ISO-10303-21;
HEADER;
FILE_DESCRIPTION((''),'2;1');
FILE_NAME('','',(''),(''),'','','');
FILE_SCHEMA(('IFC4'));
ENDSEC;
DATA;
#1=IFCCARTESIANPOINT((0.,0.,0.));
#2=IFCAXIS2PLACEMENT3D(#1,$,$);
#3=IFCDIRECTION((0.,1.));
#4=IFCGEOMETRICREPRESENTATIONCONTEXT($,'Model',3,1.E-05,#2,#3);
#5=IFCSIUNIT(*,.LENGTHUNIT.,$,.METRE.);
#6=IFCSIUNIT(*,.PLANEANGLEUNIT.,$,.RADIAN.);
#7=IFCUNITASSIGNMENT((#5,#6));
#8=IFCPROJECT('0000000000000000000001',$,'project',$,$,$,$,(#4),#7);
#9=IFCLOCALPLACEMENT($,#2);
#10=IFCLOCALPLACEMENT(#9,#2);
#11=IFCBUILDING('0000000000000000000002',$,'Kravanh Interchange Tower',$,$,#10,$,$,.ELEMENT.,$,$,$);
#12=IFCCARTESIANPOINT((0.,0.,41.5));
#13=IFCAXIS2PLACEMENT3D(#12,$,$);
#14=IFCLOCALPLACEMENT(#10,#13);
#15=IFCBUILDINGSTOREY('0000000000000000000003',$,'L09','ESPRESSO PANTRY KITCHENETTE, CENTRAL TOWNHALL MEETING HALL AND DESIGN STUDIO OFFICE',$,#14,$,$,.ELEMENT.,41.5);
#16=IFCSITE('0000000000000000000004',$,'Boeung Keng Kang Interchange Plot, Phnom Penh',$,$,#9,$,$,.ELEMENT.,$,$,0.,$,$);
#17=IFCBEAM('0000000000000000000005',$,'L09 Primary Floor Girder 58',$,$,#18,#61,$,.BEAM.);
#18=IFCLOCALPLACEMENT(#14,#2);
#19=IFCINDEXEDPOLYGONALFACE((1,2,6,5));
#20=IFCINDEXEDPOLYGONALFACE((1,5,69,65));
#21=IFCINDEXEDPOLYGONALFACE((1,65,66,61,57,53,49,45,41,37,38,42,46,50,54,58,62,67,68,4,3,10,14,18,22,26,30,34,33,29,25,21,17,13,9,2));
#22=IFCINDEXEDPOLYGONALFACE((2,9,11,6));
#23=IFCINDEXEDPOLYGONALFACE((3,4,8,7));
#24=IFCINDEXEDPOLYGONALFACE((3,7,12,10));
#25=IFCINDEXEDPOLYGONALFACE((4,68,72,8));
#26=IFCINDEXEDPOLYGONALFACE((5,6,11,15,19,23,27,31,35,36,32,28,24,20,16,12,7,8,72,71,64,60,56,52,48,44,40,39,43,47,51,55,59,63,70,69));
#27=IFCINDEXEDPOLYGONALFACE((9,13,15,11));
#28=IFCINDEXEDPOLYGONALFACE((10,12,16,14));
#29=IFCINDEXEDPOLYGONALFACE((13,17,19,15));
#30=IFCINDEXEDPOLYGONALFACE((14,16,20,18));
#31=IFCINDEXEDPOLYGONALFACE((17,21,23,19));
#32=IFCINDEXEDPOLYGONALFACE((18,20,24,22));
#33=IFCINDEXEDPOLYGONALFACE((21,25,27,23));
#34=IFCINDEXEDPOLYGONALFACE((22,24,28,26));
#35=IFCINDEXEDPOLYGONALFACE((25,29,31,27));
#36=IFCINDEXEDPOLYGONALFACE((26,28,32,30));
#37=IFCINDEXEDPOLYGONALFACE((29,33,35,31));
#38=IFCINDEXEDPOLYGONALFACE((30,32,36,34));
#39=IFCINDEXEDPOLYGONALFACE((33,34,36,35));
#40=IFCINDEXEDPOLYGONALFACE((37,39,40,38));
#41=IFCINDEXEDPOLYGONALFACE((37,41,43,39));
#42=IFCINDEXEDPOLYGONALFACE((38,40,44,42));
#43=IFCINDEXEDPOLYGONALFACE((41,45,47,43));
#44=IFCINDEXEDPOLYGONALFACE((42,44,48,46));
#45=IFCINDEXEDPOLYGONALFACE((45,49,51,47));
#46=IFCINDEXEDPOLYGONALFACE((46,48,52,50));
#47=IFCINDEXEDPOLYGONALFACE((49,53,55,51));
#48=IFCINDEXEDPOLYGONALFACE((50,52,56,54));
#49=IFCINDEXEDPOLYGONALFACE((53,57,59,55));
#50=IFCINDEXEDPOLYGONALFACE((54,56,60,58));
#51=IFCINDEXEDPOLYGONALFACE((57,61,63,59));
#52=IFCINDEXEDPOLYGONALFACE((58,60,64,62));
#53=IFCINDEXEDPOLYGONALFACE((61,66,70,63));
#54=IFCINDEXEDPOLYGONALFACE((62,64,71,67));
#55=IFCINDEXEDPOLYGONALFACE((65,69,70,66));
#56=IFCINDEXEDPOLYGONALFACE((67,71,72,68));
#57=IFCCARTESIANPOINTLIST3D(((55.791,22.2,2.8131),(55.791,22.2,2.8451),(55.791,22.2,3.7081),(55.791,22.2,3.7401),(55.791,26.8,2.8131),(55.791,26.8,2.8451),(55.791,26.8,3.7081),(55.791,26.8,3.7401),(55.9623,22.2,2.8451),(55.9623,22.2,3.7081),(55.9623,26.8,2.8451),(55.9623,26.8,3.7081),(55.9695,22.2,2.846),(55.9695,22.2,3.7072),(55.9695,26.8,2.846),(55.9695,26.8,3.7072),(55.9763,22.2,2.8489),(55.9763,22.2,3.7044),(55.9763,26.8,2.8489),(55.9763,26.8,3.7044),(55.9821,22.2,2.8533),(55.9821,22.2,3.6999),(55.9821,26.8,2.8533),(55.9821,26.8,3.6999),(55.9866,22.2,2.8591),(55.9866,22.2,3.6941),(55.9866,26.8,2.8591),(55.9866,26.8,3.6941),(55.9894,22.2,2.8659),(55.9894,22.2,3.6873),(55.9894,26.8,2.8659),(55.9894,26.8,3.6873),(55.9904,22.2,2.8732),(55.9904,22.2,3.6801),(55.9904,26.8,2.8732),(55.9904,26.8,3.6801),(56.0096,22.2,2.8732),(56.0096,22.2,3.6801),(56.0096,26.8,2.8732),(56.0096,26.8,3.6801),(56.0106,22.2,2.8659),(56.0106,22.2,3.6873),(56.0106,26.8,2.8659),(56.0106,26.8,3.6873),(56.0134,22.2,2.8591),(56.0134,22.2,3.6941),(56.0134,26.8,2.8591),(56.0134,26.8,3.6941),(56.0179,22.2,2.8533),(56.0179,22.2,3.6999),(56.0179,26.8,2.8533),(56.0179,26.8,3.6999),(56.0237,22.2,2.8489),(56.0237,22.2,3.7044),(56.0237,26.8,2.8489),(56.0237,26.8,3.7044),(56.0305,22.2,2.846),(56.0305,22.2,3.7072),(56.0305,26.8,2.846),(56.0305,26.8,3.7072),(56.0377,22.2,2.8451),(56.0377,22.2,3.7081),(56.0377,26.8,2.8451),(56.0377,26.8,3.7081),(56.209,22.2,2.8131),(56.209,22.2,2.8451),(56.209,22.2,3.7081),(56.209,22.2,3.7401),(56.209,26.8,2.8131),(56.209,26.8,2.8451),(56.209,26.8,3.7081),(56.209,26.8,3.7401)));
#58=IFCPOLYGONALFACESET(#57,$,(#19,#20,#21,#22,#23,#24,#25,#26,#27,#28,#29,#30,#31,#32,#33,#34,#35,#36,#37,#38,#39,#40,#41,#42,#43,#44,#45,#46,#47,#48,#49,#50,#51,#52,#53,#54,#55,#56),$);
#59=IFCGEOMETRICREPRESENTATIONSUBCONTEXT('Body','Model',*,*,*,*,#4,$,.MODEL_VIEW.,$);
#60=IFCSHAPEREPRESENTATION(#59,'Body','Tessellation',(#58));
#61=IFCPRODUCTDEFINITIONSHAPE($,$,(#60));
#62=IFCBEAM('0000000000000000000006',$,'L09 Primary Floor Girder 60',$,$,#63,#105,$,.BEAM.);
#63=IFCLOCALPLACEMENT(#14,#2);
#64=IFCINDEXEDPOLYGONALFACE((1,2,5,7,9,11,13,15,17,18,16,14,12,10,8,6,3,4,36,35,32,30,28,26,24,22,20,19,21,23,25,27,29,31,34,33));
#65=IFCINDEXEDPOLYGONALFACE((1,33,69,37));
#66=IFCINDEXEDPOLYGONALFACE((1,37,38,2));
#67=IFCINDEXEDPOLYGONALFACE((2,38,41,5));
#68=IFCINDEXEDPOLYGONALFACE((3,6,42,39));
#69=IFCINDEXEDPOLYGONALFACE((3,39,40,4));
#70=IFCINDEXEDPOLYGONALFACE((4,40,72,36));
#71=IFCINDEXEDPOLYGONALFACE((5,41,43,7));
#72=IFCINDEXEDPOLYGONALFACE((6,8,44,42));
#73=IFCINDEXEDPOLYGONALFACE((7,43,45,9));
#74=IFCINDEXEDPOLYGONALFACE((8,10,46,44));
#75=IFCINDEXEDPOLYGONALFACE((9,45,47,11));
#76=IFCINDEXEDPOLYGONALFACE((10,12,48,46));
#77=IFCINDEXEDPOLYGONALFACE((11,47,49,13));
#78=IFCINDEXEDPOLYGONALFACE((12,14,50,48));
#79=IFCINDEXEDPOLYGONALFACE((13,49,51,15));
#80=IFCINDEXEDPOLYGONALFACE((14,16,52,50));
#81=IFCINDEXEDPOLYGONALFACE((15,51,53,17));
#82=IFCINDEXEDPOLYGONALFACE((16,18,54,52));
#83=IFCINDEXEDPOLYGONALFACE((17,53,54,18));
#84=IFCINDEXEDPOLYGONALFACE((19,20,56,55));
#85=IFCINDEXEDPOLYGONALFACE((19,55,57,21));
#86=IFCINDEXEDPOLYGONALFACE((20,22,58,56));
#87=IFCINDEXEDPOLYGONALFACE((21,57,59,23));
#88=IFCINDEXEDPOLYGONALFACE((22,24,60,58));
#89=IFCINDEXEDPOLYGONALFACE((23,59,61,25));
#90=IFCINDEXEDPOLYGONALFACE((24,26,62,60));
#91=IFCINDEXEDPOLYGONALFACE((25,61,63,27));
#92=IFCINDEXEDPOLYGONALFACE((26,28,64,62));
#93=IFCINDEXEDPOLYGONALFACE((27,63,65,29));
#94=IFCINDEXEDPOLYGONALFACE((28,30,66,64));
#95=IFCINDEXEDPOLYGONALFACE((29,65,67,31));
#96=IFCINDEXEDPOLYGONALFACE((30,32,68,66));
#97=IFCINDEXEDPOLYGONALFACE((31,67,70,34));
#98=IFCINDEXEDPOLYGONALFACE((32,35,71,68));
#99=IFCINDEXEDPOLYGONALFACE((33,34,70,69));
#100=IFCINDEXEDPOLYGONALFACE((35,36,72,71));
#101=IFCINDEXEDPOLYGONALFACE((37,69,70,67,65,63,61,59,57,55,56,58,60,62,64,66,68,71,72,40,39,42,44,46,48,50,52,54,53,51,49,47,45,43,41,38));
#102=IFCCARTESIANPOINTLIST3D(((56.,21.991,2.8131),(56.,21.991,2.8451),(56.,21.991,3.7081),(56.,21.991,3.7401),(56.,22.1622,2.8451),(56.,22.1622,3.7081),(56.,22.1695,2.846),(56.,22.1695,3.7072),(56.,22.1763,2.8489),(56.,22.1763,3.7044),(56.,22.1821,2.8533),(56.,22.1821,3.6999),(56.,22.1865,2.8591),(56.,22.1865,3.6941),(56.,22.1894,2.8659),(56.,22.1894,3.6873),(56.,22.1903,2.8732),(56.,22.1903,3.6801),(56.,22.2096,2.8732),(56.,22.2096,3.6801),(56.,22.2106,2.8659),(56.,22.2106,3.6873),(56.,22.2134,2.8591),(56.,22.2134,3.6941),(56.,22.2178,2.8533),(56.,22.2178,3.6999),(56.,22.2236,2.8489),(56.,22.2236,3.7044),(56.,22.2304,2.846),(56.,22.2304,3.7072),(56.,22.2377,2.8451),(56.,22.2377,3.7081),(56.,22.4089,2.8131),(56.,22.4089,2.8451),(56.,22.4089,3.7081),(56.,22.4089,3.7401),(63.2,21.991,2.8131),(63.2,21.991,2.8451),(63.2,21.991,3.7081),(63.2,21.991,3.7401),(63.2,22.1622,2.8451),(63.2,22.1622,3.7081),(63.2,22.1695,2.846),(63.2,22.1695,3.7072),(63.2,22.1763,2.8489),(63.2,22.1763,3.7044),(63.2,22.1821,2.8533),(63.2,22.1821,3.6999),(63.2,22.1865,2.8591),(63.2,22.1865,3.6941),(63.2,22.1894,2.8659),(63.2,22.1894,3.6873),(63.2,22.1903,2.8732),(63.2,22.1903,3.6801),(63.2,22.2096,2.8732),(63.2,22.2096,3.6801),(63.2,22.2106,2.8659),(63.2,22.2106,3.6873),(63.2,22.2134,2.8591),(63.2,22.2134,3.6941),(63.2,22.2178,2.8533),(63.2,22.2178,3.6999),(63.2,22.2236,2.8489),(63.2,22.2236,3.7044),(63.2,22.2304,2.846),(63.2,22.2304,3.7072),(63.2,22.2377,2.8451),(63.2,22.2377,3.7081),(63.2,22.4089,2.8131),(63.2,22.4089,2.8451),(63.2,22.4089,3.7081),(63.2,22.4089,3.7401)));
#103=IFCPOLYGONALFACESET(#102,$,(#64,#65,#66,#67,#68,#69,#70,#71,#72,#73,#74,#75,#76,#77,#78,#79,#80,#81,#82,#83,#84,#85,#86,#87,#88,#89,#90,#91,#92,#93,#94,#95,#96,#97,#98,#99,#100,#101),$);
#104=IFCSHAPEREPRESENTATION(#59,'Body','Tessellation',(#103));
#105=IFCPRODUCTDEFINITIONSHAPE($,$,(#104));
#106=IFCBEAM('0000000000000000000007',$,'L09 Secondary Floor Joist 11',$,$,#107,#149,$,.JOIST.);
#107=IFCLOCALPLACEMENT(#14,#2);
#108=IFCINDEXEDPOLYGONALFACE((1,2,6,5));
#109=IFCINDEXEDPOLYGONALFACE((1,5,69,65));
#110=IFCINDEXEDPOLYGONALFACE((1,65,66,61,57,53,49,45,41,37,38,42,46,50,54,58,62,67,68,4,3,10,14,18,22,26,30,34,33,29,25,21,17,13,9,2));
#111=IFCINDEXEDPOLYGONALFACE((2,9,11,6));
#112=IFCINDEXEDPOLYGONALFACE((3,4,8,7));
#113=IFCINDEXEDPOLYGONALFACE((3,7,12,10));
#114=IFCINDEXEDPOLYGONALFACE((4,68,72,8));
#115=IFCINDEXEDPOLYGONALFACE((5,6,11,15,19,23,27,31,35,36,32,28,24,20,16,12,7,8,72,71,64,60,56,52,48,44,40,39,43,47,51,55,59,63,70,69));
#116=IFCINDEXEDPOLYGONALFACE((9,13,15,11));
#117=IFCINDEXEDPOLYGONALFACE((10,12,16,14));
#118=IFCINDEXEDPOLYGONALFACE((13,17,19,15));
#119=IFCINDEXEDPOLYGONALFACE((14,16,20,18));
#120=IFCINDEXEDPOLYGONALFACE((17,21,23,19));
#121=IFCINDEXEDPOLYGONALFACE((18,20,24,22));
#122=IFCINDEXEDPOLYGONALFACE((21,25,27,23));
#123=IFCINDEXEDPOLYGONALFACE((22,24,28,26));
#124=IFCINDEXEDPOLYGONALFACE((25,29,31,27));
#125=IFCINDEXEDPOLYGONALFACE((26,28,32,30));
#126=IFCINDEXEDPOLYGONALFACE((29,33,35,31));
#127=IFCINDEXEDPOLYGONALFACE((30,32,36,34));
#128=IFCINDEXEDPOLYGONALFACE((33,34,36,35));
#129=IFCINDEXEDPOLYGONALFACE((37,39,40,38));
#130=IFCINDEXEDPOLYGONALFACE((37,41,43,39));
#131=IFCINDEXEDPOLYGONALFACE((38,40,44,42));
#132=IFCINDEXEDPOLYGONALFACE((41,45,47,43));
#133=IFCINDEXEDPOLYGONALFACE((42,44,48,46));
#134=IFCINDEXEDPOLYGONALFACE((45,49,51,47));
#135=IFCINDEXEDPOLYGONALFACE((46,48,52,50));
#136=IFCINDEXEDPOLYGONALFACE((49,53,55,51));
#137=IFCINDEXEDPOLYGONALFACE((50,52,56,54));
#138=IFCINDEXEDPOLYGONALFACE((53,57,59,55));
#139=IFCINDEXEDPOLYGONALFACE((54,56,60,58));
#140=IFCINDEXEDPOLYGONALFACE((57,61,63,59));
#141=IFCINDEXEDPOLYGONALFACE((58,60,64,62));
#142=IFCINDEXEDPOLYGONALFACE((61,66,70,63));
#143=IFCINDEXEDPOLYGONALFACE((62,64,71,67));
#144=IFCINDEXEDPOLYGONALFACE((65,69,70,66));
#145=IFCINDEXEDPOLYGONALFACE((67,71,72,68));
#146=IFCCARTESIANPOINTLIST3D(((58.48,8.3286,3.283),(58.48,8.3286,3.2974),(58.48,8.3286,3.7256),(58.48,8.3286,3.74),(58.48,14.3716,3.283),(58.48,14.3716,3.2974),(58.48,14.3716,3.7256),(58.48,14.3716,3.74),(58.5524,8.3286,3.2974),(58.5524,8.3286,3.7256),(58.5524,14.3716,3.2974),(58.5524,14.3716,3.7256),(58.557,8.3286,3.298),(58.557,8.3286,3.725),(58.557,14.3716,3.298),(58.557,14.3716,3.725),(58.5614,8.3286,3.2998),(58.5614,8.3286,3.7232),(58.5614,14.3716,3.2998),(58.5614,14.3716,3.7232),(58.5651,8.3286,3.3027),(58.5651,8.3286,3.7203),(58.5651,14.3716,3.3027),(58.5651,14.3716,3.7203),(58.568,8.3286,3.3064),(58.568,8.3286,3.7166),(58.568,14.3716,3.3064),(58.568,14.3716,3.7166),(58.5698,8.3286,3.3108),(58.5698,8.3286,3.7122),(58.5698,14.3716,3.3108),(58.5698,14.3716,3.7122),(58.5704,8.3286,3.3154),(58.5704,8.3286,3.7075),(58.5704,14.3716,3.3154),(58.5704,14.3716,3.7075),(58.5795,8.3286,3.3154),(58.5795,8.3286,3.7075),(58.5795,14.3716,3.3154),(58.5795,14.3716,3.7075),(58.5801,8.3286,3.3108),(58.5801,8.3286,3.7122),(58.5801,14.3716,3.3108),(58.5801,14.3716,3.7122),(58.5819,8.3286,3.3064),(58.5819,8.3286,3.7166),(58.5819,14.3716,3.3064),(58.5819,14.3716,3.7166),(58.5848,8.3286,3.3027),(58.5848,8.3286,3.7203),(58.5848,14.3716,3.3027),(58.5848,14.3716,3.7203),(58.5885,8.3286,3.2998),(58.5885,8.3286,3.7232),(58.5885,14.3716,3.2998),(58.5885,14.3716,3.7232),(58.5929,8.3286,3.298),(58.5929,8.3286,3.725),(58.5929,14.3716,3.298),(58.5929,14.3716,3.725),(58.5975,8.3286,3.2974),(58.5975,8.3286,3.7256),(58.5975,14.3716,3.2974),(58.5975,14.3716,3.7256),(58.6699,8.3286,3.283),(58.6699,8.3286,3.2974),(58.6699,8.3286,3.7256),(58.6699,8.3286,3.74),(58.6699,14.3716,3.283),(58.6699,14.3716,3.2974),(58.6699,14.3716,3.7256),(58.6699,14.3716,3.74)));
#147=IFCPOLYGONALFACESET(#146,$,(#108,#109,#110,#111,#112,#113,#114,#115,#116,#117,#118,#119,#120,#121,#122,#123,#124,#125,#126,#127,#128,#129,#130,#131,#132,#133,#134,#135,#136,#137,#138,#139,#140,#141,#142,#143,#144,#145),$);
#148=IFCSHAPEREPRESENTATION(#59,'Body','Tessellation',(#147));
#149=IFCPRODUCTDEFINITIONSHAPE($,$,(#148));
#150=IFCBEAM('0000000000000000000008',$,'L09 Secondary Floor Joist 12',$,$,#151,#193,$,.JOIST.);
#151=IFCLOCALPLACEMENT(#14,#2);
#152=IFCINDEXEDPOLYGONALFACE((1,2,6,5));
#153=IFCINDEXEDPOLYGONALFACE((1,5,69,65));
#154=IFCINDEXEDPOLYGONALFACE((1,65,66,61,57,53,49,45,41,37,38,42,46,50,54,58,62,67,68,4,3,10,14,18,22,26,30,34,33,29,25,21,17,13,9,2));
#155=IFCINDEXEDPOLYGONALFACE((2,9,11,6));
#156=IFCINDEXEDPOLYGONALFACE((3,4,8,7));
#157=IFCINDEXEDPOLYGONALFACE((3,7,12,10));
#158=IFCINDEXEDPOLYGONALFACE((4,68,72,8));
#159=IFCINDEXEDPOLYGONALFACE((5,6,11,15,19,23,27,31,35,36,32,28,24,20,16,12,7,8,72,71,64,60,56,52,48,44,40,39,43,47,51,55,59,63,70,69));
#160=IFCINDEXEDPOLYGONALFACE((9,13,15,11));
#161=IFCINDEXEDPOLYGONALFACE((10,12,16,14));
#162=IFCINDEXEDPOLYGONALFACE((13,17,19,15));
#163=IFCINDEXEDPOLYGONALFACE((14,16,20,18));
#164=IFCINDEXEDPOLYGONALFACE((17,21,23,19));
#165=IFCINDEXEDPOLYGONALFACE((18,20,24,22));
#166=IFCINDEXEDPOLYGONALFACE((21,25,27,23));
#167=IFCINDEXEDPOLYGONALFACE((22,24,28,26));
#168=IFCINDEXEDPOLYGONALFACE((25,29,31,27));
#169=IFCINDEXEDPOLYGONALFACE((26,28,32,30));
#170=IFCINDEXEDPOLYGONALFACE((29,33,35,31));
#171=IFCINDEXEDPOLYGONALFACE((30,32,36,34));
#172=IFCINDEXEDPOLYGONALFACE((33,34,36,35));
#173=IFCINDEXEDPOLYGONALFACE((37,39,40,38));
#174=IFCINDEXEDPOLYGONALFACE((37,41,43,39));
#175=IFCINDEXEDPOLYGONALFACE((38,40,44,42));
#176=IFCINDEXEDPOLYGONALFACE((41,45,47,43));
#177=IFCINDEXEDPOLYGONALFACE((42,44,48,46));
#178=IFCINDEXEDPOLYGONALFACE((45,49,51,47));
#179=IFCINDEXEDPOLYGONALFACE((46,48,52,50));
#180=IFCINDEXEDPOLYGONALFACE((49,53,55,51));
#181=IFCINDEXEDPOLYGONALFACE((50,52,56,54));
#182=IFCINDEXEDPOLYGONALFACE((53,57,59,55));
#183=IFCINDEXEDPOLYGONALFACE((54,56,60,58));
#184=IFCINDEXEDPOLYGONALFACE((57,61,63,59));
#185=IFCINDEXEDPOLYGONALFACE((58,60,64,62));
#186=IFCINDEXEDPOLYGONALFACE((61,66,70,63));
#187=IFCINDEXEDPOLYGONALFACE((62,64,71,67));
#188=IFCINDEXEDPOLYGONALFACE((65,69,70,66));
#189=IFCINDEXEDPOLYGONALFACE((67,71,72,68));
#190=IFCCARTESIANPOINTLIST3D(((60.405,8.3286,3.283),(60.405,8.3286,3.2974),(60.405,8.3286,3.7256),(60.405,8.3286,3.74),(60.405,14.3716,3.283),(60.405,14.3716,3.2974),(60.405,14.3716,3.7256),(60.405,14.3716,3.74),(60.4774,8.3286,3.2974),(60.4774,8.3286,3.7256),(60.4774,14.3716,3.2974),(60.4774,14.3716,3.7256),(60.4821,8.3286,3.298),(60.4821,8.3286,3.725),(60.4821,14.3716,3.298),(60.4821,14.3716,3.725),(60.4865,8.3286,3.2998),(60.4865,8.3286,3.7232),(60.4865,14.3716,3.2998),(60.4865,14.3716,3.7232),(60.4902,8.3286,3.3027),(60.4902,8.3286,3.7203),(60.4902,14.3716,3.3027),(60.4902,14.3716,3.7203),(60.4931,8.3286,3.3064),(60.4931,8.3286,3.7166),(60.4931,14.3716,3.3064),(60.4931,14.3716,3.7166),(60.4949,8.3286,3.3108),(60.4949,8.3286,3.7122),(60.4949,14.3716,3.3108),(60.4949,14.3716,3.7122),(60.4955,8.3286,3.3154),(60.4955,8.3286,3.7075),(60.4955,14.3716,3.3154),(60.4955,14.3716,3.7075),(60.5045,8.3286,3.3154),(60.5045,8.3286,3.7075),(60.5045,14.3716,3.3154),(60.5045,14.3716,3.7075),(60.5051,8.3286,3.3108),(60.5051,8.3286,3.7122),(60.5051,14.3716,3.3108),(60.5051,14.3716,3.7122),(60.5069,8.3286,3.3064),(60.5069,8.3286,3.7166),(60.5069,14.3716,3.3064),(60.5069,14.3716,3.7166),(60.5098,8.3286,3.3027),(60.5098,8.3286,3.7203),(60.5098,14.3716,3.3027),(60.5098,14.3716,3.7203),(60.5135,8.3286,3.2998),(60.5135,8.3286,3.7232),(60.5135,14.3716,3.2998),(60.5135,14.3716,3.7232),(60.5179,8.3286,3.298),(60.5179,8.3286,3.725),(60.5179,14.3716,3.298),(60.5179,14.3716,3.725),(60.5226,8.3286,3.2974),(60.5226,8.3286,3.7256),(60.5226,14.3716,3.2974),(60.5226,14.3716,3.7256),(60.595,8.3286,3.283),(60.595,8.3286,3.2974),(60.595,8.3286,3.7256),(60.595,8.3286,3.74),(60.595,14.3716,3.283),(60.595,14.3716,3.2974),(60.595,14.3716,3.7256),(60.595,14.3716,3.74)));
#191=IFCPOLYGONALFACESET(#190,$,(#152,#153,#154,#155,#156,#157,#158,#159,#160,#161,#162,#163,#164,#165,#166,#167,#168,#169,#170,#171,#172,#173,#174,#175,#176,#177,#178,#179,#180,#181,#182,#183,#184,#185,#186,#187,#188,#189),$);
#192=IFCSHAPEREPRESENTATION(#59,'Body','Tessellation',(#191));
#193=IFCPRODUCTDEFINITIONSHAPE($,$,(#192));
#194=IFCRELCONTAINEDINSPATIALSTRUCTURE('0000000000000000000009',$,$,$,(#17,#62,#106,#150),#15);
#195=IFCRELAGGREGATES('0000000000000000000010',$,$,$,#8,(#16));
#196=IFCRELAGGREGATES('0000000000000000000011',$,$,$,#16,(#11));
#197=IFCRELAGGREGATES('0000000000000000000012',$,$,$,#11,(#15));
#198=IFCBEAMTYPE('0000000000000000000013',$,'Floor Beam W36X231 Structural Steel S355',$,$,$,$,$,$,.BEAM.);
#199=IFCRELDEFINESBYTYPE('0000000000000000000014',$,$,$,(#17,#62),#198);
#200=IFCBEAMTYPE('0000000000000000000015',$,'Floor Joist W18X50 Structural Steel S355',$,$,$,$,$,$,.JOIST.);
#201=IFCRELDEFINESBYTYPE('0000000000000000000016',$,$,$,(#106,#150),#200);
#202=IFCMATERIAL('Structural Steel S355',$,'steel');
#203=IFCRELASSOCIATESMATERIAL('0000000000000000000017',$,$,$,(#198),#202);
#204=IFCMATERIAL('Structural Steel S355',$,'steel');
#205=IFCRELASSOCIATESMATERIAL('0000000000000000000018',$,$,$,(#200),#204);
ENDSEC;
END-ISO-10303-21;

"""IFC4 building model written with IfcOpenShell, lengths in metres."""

from ifc_helpers import new_model, si_unit, direction, frame, origin, origin_2d, place, context, subcontext, project, spatial, i_section, extrude, material, material_profile, profile_set, type_object, element, save


model = new_model("IFC4")

# Units and contexts
model_context = context("Model", 3, precision=1e-05, world=origin(), true_north=direction((0.0, 1.0)))
body_context = subcontext(model_context, "Body", "Model", "MODEL_VIEW")
ifc_project = project(units=[si_unit("LENGTHUNIT", "METRE"), si_unit("PLANEANGLEUNIT", "RADIAN")], contexts=[model_context])

# Site, building, storey
site_placement = place(None, origin())
site = spatial("IfcSite", under=ifc_project, at=site_placement, Name="Boeung Keng Kang Interchange Plot, Phnom Penh", CompositionType="ELEMENT", RefElevation=0.0)
building_placement = place(site_placement, origin())
building = spatial("IfcBuilding", under=site, at=building_placement, Name="Kravanh Interchange Tower", CompositionType="ELEMENT")
storey_placement = place(building_placement, frame((0.0, 0.0, 41.5)))
storey = spatial("IfcBuildingStorey", under=building, at=storey_placement, Name="L09", Description="ESPRESSO PANTRY KITCHENETTE, CENTRAL TOWNHALL MEETING HALL AND DESIGN STUDIO OFFICE", CompositionType="ELEMENT", Elevation=41.5)

# Beams
ifc_material_1 = material(Name="Structural Steel S355", Category="steel")
ifc_material_profile_1 = material_profile(ifc_material_1, i_section(OverallWidth=0.418, OverallDepth=0.927, WebThickness=0.0193, FlangeThickness=0.032, FilletRadius=0.0281, at=origin_2d()), Name="W36X231")
ifc_profile_set_1 = profile_set([ifc_material_profile_1], Name="Structural Steel S355")
beam_type_1 = type_object("IfcBeamType", Name="Floor Beam W36X231 Structural Steel S355", PredefinedType="BEAM", material=ifc_profile_set_1)
beam_1_placement = place(storey_placement, frame((56.0, 22.2, 3.2766), z_axis=(0.0, 1.0, 0.0), x_axis=(-1.0, 0.0, 0.0)))
element("IfcBeam", 1, at=beam_1_placement, inside=storey, type_object=beam_type_1, Name="L09 Primary Floor Girder 58", PredefinedType="BEAM", context=body_context, shape_type="SweptSolid", body=[
    extrude(i_section(OverallWidth=0.418, OverallDepth=0.927, WebThickness=0.0193, FlangeThickness=0.032, FilletRadius=0.0281, at=origin_2d()), origin(), (0.0, 0.0, 1.0), 4.6001),
])
beam_2_placement = place(storey_placement, frame((56.0, 22.2, 3.2766), z_axis=(1.0, 0.0, 0.0), x_axis=(0.0, 1.0, 0.0)))
element("IfcBeam", 2, at=beam_2_placement, inside=storey, type_object=beam_type_1, Name="L09 Primary Floor Girder 60", PredefinedType="BEAM", context=body_context, shape_type="SweptSolid", body=[
    extrude(i_section(OverallWidth=0.418, OverallDepth=0.927, WebThickness=0.0193, FlangeThickness=0.032, FilletRadius=0.0281, at=origin_2d()), origin(), (0.0, 0.0, 1.0), 7.2),
])
ifc_material_2 = material(Name="Structural Steel S355", Category="steel")
ifc_material_profile_2 = material_profile(ifc_material_2, i_section(OverallWidth=0.1899, OverallDepth=0.457, WebThickness=0.009, FlangeThickness=0.0144, FilletRadius=0.0181, at=origin_2d()), Name="W18X50")
ifc_profile_set_2 = profile_set([ifc_material_profile_2], Name="Structural Steel S355")
beam_type_2 = type_object("IfcBeamType", Name="Floor Joist W18X50 Structural Steel S355", PredefinedType="JOIST", material=ifc_profile_set_2)
for number, where, z_axis, x_axis, name in (
    (3, (58.575, 8.3286, 3.5115), (0.0, 1.0, 0.0), (-1.0, 0.0, 0.0), "L09 Secondary Floor Joist 11"),
    (4, (60.5, 8.3286, 3.5115), (0.0, 1.0, 0.0), (-1.0, 0.0, 0.0), "L09 Secondary Floor Joist 12"),
):
    element("IfcBeam", number, at=place(storey_placement, frame(where, z_axis=z_axis, x_axis=x_axis)), inside=storey, type_object=beam_type_2, Name=name, PredefinedType="JOIST", context=body_context, shape_type="SweptSolid", body=[
        extrude(i_section(OverallWidth=0.1899, OverallDepth=0.457, WebThickness=0.009, FlangeThickness=0.0144, FilletRadius=0.0181, at=origin_2d()), origin(), (0.0, 0.0, 1.0), 6.043),
    ])

save(model, "model.ifc")
